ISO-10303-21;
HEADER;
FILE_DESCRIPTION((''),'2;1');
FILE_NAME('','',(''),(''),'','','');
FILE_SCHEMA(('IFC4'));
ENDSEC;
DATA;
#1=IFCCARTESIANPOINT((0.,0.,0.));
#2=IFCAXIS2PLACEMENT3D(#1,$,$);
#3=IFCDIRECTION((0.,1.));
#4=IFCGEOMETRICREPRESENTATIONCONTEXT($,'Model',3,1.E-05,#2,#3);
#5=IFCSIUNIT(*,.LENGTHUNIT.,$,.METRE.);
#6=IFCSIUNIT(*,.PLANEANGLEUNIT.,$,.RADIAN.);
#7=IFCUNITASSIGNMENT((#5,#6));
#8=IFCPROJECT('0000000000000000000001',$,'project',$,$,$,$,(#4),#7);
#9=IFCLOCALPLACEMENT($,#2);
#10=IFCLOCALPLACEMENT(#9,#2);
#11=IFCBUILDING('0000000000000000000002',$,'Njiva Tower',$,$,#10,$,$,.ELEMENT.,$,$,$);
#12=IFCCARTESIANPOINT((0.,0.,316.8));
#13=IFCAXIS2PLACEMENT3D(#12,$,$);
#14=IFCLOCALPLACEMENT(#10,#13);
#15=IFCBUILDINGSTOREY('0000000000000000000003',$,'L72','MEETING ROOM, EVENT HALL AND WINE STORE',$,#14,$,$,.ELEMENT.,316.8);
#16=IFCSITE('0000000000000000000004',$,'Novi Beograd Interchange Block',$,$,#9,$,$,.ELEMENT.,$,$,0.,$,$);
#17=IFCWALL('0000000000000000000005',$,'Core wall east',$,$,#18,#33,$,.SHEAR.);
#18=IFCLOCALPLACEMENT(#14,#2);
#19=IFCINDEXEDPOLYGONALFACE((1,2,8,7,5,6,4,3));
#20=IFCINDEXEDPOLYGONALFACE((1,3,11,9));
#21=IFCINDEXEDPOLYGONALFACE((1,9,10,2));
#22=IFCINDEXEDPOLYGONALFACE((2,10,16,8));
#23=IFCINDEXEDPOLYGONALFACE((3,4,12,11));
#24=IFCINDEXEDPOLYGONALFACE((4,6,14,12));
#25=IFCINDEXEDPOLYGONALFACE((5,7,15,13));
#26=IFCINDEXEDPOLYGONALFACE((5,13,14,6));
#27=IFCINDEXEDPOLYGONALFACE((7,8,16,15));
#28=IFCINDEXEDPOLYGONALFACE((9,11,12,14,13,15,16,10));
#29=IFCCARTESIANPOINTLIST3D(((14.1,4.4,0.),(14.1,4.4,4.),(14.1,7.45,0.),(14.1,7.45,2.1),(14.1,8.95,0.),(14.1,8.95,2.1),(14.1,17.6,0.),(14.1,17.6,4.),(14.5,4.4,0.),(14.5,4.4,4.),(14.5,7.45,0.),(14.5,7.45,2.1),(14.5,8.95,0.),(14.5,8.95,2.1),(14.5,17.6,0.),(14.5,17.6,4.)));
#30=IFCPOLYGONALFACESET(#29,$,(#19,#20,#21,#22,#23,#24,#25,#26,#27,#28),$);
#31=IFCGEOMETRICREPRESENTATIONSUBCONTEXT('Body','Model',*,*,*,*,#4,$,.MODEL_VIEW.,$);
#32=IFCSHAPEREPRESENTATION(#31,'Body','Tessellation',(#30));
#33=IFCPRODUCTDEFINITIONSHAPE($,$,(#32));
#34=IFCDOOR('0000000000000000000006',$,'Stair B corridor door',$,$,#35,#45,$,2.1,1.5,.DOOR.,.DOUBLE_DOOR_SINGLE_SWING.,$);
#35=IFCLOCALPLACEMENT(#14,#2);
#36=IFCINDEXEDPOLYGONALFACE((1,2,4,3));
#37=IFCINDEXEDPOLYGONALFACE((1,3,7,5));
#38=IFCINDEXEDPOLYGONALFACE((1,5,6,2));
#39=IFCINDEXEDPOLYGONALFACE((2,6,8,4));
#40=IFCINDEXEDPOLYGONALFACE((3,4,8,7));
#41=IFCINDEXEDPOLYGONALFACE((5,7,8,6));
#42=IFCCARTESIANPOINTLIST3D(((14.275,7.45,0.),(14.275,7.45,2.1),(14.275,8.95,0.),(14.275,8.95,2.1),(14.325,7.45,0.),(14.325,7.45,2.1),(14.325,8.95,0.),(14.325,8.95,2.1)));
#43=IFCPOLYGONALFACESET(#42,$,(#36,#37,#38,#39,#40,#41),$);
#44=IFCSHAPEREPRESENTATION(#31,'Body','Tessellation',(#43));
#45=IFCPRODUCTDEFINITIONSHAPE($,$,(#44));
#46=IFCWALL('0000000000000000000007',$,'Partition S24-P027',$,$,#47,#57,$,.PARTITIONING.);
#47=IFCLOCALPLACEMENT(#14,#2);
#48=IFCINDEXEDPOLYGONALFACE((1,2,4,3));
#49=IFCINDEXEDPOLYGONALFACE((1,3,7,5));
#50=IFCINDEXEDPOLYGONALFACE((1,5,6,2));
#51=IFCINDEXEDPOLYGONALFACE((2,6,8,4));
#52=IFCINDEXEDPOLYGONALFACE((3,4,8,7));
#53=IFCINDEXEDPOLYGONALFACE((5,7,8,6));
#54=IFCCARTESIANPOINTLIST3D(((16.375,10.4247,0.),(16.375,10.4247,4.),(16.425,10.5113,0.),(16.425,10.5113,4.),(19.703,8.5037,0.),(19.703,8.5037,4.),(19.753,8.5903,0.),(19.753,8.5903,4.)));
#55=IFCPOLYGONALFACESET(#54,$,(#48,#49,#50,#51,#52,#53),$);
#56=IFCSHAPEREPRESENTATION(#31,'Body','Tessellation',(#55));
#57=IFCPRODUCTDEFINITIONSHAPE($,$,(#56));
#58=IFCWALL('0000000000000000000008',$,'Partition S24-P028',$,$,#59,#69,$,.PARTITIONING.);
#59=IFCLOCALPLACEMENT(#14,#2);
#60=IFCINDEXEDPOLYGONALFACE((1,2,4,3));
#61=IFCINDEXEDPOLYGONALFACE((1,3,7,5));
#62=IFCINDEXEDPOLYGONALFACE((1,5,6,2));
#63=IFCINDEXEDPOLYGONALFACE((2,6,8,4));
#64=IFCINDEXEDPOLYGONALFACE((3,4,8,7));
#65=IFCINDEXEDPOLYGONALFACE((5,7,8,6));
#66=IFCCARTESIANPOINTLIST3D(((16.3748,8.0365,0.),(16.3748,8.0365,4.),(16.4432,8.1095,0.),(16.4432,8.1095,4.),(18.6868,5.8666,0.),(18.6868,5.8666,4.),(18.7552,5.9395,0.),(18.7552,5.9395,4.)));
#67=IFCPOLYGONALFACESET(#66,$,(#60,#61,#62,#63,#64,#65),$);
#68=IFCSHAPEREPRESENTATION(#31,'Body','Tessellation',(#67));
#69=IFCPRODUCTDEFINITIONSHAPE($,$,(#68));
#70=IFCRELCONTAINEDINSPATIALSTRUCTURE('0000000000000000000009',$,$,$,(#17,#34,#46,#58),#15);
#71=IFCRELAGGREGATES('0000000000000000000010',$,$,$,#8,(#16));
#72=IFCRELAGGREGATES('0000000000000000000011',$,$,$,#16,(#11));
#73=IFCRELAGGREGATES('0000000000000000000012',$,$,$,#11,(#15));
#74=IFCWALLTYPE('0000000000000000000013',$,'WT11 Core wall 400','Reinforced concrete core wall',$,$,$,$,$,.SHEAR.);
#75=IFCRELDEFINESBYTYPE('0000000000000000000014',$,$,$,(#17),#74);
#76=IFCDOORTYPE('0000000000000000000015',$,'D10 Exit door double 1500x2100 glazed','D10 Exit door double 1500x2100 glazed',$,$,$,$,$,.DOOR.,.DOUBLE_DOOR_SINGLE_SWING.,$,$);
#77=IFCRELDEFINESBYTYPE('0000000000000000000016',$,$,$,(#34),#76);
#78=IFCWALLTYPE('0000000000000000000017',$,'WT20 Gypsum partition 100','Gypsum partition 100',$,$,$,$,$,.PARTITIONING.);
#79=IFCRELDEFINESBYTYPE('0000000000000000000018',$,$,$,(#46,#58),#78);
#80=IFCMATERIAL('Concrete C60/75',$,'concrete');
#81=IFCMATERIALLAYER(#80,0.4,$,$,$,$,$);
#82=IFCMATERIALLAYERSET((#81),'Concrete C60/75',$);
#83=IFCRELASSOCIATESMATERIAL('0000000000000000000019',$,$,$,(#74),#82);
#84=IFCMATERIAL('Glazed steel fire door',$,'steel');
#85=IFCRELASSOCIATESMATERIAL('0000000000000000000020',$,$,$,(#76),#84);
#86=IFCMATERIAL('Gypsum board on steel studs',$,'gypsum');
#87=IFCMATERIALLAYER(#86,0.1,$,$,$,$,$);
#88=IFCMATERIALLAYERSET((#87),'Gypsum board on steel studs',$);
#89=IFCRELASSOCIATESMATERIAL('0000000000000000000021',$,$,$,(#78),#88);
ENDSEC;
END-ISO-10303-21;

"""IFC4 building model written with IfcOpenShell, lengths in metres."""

from ifc_helpers import new_model, si_unit, direction, frame, frame_2d, origin, place, context, subcontext, project, spatial, rectangle, extrude, material, layer, layer_set, type_object, element, fill, save


model = new_model("IFC4")

# Units and contexts
model_context = context("Model", 3, precision=1e-05, world=origin(), true_north=direction((0.0, 1.0)))
body_context = subcontext(model_context, "Body", "Model", "MODEL_VIEW")
ifc_project = project(units=[si_unit("LENGTHUNIT", "METRE"), si_unit("PLANEANGLEUNIT", "RADIAN")], contexts=[model_context])

# Site, building, storey
site_placement = place(None, origin())
site = spatial("IfcSite", under=ifc_project, at=site_placement, Name="Novi Beograd Interchange Block", CompositionType="ELEMENT", RefElevation=0.0)
building_placement = place(site_placement, origin())
building = spatial("IfcBuilding", under=site, at=building_placement, Name="Njiva Tower", CompositionType="ELEMENT")
storey_placement = place(building_placement, frame((0.0, 0.0, 316.8)))
storey = spatial("IfcBuildingStorey", under=building, at=storey_placement, Name="L72", Description="MEETING ROOM, EVENT HALL AND WINE STORE", CompositionType="ELEMENT", Elevation=316.8)

# Wall, opening, door
ifc_material_1 = material(Name="Concrete C60/75", Category="concrete")
ifc_layer_1 = layer(ifc_material_1, 0.4)
ifc_layer_set_1 = layer_set([ifc_layer_1], Name="Concrete C60/75")
wall_type_1 = type_object("IfcWallType", Name="WT11 Core wall 400", Description="Reinforced concrete core wall", PredefinedType="SHEAR", material=ifc_layer_set_1)
wall_1_placement = place(storey_placement, frame((14.3, 4.4, 0.0), z_axis=(0.0, 0.0, 1.0), x_axis=(0.0, 1.0, 0.0)))
wall_1 = element("IfcWall", 1, at=wall_1_placement, inside=storey, type_object=wall_type_1, Name="Core wall east", PredefinedType="SHEAR", context=body_context, shape_type="SweptSolid", body=[
    extrude(rectangle(XDim=13.2, YDim=0.4, at=frame_2d((6.6, 0.0))), origin(), (0.0, 0.0, 1.0), 4.0),
])
opening_placement = place(wall_1_placement, frame((3.05, 0.0, 0.0)))
opening = element("IfcOpeningElement", 2, at=opening_placement, cuts=wall_1, PredefinedType="OPENING", context=body_context, shape_type="SweptSolid", body=[
    extrude(rectangle(XDim=1.5, YDim=2.1, at=frame_2d((0.75, 1.05))), frame((0.0, 0.21, 0.0), z_axis=(0.0, -1.0, 0.0), x_axis=(1.0, 0.0, 0.0)), (0.0, 0.0, 1.0), 0.42),
])
ifc_material_2 = material(Name="Glazed steel fire door", Category="steel")
door_type = type_object("IfcDoorType", Name="D10 Exit door double 1500x2100 glazed", Description="D10 Exit door double 1500x2100 glazed", OperationType="DOUBLE_DOOR_SINGLE_SWING", PredefinedType="DOOR", material=ifc_material_2)
door_placement = place(opening_placement, origin())
door = element("IfcDoor", 3, at=door_placement, inside=storey, type_object=door_type, Name="Stair B corridor door", OperationType="DOUBLE_DOOR_SINGLE_SWING", OverallHeight=2.1, OverallWidth=1.5, PredefinedType="DOOR", context=body_context, shape_type="SweptSolid", body=[
    extrude(rectangle(XDim=1.5, YDim=2.1, at=frame_2d((0.75, 1.05))), frame((0.0, 0.025, 0.0), z_axis=(0.0, -1.0, 0.0), x_axis=(1.0, 0.0, 0.0)), (0.0, 0.0, 1.0), 0.05),
])
fill(opening, door)

# Walls
ifc_material_3 = material(Name="Gypsum board on steel studs", Category="gypsum")
ifc_layer_2 = layer(ifc_material_3, 0.1)
ifc_layer_set_2 = layer_set([ifc_layer_2], Name="Gypsum board on steel studs")
wall_type_2 = type_object("IfcWallType", Name="WT20 Gypsum partition 100", Description="Gypsum partition 100", PredefinedType="PARTITIONING", material=ifc_layer_set_2)
wall_2_placement = place(storey_placement, frame((16.4, 10.468, 0.0), z_axis=(0.0, 0.0, 1.0), x_axis=(0.866073, -0.499918, 0.0)))
element("IfcWall", 4, at=wall_2_placement, inside=storey, type_object=wall_type_2, Name="Partition S24-P027", PredefinedType="PARTITIONING", context=body_context, shape_type="SweptSolid", body=[
    extrude(rectangle(XDim=3.8426, YDim=0.1, at=frame_2d((1.9213, 0.0))), origin(), (0.0, 0.0, 1.0), 4.0),
])
wall_3_placement = place(storey_placement, frame((16.409, 8.073, 0.0), z_axis=(0.0, 0.0, 1.0), x_axis=(0.729144, -0.684361, 0.0)))
element("IfcWall", 5, at=wall_3_placement, inside=storey, type_object=wall_type_2, Name="Partition S24-P028", PredefinedType="PARTITIONING", context=body_context, shape_type="SweptSolid", body=[
    extrude(rectangle(XDim=3.1708, YDim=0.1, at=frame_2d((1.5854, 0.0))), origin(), (0.0, 0.0, 1.0), 4.0),
])

save(model, "model.ifc")
